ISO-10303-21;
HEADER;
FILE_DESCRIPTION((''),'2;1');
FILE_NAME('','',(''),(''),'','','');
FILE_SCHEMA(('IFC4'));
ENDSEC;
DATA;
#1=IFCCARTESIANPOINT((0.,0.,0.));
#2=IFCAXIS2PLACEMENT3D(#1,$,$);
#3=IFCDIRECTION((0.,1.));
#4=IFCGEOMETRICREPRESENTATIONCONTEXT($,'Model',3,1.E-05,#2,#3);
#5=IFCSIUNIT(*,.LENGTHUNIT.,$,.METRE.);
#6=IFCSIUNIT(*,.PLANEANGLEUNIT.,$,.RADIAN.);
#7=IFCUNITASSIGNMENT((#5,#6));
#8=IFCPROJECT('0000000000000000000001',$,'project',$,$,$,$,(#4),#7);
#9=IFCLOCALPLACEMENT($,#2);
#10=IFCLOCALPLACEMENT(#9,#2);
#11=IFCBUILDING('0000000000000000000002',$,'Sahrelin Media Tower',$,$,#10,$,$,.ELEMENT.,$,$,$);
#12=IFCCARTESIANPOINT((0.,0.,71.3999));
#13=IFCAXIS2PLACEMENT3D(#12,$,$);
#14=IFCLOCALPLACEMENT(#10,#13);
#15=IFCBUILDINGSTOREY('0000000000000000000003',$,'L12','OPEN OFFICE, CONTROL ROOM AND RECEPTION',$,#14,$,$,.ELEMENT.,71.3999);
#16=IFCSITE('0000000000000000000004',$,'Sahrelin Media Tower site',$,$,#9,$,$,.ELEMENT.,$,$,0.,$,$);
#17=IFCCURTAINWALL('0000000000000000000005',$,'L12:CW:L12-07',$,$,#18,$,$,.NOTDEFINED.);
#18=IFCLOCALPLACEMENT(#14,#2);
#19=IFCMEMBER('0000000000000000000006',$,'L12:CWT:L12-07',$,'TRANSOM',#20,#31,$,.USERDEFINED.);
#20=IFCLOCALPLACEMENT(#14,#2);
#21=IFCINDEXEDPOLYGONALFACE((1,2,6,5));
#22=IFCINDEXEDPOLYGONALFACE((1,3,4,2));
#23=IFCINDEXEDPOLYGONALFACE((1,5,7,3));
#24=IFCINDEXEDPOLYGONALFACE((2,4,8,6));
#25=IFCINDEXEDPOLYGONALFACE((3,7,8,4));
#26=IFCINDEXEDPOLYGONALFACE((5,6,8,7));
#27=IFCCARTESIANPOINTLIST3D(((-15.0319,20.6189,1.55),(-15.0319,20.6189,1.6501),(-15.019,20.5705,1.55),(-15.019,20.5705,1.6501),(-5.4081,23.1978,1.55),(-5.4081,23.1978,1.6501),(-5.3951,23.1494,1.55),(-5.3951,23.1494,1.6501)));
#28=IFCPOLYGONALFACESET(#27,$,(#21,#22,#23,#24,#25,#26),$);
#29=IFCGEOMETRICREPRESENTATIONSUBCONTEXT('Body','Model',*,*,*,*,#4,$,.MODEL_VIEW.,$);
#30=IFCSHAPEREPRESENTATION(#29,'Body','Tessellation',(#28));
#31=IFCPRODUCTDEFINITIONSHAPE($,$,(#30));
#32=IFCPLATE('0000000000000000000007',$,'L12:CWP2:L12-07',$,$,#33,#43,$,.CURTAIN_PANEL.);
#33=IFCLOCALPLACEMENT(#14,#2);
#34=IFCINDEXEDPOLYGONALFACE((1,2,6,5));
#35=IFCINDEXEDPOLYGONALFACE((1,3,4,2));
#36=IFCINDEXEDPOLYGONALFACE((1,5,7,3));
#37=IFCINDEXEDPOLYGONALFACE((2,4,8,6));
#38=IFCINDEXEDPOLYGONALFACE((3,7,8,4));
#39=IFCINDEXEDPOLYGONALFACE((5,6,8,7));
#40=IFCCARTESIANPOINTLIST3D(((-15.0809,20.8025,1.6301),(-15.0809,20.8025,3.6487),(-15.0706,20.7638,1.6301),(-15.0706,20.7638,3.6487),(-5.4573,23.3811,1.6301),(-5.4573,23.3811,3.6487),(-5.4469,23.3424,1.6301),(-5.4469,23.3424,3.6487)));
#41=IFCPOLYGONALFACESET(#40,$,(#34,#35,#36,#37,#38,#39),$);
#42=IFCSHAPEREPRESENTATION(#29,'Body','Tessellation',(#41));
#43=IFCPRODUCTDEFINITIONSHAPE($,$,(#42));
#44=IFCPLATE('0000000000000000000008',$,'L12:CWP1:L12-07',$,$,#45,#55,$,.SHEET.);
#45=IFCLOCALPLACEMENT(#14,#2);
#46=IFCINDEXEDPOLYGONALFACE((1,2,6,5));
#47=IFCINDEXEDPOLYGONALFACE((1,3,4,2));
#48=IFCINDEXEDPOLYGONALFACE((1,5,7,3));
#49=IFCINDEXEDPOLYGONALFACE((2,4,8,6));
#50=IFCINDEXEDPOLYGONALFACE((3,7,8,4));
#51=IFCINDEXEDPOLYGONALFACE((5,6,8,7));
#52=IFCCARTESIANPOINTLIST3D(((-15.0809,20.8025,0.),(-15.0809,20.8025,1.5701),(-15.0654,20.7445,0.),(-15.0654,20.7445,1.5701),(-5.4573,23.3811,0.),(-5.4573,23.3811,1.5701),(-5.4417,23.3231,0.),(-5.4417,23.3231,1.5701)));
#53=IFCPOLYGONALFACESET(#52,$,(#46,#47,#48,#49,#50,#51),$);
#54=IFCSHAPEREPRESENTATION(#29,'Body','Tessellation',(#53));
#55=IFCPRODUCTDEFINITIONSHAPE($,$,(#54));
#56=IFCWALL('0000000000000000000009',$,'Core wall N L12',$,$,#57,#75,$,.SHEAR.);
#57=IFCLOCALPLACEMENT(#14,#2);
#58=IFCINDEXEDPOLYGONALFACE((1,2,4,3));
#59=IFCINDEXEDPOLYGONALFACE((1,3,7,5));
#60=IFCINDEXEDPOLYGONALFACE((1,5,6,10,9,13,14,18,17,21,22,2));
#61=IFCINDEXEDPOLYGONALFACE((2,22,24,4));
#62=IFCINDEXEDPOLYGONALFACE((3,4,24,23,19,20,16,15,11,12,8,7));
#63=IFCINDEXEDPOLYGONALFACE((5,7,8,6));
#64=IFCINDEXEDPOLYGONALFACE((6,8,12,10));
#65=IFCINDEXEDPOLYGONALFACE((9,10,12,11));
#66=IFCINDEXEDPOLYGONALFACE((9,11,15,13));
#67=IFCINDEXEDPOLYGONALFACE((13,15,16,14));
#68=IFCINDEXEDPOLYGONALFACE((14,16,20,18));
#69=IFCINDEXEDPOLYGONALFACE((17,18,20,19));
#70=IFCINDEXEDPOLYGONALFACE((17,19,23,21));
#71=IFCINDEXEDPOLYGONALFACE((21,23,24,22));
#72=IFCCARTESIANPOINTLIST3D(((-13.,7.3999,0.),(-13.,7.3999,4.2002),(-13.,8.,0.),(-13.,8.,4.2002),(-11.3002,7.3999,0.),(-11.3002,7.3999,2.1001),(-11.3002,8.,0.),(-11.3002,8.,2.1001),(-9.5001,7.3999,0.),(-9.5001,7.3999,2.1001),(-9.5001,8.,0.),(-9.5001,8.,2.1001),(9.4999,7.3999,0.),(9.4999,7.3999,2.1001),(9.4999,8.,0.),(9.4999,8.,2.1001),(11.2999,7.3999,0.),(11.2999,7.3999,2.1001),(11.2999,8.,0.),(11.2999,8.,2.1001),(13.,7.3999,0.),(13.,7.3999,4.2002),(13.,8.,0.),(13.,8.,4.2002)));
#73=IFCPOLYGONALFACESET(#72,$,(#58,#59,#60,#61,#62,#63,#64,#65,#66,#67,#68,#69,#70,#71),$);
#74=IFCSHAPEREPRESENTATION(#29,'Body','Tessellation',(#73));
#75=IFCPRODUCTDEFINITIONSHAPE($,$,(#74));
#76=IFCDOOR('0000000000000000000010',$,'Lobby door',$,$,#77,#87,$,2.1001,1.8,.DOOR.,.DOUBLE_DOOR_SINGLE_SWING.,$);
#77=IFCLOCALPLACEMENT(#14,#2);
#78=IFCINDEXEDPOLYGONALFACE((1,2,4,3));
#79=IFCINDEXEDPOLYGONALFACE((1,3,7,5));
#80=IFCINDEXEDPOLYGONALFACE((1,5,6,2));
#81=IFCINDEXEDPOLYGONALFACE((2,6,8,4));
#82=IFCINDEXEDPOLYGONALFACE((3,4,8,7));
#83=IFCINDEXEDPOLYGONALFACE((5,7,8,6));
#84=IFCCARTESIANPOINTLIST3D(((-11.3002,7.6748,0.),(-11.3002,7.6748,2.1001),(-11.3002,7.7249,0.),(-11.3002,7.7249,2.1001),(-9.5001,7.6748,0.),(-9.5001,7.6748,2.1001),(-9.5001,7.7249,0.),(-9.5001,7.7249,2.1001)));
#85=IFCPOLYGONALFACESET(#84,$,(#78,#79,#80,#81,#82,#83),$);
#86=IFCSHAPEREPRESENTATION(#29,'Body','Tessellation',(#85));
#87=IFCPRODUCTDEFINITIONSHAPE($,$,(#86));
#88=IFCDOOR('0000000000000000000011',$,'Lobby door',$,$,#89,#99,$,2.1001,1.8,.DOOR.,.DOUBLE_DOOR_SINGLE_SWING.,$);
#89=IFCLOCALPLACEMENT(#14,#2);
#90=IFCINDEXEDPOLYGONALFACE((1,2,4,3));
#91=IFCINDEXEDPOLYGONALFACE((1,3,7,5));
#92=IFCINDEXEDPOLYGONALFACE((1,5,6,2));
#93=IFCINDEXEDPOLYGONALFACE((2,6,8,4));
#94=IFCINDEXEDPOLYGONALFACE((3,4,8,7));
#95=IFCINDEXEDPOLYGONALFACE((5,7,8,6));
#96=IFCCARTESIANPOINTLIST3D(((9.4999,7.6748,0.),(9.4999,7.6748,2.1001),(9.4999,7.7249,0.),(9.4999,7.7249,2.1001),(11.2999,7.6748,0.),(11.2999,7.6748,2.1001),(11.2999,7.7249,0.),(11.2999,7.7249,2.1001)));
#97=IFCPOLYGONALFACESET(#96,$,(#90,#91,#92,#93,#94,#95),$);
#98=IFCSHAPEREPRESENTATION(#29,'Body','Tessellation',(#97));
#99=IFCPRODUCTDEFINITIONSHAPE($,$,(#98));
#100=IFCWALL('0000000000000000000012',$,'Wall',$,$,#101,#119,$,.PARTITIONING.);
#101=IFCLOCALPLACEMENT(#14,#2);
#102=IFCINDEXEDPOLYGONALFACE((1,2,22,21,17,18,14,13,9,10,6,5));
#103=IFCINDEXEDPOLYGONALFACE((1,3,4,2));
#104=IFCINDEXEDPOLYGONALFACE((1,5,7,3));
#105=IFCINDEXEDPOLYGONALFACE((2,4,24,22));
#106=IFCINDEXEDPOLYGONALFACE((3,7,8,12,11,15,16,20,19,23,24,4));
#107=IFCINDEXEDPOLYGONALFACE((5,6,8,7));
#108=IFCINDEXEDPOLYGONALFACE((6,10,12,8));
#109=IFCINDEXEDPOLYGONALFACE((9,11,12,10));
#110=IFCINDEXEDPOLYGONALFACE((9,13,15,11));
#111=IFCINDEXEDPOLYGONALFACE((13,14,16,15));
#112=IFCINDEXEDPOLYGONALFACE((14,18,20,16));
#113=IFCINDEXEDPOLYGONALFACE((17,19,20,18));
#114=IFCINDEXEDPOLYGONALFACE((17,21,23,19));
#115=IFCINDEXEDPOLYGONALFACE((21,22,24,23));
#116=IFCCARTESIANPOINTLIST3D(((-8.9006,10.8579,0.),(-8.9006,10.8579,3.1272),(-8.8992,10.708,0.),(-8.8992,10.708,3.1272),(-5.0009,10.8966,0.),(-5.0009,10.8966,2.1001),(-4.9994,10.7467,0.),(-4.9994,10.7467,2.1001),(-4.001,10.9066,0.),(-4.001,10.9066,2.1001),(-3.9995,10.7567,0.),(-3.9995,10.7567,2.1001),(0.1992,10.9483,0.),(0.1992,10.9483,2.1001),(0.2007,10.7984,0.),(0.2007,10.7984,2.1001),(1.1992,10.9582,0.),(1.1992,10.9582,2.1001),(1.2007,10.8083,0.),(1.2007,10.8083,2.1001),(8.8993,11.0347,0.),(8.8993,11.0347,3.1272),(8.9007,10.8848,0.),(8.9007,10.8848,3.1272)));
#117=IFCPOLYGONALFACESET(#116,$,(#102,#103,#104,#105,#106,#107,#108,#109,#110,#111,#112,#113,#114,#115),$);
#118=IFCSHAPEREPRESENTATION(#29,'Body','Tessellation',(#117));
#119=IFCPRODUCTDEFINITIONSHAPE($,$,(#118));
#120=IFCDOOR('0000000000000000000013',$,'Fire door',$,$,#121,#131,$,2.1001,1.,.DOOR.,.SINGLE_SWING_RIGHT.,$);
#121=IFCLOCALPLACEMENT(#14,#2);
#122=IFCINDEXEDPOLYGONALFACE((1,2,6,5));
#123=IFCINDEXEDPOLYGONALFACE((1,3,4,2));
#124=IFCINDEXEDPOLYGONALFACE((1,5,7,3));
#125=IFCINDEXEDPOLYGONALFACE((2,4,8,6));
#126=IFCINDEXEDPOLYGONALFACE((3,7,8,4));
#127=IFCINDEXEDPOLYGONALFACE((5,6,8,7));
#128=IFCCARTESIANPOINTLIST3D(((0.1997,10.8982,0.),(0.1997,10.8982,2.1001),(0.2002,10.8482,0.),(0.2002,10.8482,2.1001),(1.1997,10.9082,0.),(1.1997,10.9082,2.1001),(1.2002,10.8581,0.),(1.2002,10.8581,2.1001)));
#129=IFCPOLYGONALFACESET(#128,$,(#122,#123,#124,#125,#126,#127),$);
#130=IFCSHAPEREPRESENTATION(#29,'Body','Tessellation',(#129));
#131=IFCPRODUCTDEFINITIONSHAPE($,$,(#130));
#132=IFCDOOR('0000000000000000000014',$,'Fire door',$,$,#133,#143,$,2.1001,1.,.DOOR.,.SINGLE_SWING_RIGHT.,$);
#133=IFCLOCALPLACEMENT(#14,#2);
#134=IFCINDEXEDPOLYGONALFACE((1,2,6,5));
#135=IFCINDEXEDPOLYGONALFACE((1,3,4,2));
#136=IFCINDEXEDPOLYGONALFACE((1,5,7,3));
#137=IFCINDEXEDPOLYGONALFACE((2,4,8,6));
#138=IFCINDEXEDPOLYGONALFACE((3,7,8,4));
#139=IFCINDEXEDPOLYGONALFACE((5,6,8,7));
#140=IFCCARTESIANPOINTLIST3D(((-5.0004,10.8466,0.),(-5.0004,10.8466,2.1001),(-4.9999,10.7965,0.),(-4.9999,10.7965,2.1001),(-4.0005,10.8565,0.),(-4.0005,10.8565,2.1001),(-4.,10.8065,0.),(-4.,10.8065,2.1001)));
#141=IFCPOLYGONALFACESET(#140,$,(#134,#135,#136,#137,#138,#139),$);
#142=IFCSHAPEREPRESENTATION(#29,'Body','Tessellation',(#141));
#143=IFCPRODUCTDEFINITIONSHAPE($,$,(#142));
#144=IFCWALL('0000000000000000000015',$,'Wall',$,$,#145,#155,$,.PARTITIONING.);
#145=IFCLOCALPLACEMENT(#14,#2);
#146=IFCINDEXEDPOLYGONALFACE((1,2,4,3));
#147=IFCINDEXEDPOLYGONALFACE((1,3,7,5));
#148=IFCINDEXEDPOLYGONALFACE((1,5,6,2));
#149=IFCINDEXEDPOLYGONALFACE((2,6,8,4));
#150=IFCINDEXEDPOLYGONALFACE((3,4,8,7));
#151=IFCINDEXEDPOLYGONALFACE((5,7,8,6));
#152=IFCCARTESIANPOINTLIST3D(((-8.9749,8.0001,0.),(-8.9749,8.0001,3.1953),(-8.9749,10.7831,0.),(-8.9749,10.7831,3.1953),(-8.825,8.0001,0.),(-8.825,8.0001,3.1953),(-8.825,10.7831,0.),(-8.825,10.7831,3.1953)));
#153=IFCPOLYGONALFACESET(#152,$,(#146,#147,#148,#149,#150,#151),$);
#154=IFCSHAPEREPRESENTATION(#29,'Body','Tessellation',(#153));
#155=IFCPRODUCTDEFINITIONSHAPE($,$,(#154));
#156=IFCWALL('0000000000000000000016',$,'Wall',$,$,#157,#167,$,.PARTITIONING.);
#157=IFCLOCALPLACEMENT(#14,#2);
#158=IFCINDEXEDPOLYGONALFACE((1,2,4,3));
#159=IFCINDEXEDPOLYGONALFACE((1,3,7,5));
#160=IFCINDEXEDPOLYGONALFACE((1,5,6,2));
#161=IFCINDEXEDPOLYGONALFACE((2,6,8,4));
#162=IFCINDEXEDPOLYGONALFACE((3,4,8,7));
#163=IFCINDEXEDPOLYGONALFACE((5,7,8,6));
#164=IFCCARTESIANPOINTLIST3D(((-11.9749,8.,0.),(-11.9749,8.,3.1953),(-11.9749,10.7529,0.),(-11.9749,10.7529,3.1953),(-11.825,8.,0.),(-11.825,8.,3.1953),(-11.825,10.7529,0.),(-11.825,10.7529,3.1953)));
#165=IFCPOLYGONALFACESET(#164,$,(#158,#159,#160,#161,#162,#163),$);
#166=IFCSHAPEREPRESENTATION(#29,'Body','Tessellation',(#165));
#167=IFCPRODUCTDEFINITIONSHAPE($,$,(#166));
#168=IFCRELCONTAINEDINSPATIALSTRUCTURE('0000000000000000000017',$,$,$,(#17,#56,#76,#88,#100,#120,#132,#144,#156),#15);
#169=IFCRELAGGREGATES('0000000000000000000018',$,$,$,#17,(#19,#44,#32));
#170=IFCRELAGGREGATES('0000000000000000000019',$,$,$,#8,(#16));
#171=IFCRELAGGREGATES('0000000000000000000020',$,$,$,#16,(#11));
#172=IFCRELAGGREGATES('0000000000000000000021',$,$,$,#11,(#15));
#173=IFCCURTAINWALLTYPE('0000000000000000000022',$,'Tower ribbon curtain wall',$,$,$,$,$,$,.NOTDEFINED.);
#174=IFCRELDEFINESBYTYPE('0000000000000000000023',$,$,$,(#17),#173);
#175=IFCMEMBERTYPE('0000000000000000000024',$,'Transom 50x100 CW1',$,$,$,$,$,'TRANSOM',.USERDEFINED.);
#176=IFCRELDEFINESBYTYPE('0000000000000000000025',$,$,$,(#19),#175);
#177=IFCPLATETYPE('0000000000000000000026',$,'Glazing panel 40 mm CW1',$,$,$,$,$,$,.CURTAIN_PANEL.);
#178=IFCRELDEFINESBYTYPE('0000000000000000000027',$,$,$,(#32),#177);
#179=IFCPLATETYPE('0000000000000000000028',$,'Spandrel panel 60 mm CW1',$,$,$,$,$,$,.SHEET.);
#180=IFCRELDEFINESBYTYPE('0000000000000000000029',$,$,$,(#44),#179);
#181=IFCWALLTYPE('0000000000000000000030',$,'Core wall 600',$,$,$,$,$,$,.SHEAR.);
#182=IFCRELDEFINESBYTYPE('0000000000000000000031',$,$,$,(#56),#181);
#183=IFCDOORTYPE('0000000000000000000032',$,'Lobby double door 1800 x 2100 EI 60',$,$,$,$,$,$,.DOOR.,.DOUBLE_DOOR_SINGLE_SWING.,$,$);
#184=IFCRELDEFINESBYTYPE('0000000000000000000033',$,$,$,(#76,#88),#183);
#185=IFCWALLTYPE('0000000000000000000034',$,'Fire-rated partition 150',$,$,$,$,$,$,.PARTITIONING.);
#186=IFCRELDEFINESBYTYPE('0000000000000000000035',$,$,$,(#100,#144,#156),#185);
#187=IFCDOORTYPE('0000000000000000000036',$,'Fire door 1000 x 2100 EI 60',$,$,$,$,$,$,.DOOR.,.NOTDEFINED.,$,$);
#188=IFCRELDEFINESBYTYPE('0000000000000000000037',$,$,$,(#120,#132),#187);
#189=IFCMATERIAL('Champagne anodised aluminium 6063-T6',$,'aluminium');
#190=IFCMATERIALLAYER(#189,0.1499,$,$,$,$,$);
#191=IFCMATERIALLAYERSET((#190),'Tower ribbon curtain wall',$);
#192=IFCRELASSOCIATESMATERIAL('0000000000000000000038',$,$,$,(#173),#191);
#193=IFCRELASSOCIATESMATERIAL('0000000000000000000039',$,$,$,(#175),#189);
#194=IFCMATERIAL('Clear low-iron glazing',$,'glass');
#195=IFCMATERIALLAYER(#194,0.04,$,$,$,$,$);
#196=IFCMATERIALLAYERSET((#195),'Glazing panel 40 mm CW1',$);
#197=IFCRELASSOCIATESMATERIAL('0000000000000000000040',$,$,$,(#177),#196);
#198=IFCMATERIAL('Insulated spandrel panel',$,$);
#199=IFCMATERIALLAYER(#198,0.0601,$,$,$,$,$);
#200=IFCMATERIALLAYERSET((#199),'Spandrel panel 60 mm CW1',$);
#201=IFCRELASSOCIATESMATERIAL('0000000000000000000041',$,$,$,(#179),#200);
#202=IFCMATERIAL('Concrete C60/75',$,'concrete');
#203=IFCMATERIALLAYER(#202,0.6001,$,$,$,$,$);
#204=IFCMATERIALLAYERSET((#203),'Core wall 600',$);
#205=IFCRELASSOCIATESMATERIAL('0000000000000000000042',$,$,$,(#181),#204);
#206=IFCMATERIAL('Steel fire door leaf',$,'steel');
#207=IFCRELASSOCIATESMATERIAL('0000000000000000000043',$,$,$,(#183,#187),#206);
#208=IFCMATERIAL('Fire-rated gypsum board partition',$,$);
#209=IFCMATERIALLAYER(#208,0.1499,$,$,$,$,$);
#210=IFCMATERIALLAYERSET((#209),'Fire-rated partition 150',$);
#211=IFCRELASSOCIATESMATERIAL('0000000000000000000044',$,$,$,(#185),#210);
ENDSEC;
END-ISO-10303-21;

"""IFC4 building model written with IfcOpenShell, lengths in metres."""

from ifc_helpers import new_model, si_unit, direction, frame, frame_2d, origin, origin_2d, place, context, subcontext, project, spatial, polyline, rectangle, outline, extrude, material, layer, layer_set, material_profile, profile_set, type_object, element, fill, aggregate, save


model = new_model("IFC4")

# Units and contexts
model_context = context("Model", 3, precision=1e-05, world=origin(), true_north=direction((0.0, 1.0)))
body_context = subcontext(model_context, "Body", "Model", "MODEL_VIEW")
ifc_project = project(units=[si_unit("LENGTHUNIT", "METRE"), si_unit("PLANEANGLEUNIT", "RADIAN")], contexts=[model_context])

# Site, building, storey
site_placement = place(None, origin())
site = spatial("IfcSite", under=ifc_project, at=site_placement, Name="Sahrelin Media Tower site", CompositionType="ELEMENT", RefElevation=0.0)
building_placement = place(site_placement, origin())
building = spatial("IfcBuilding", under=site, at=building_placement, Name="Sahrelin Media Tower", CompositionType="ELEMENT")
storey_placement = place(building_placement, frame((0.0, 0.0, 71.3999)))
storey = spatial("IfcBuildingStorey", under=building, at=storey_placement, Name="L12", Description="OPEN OFFICE, CONTROL ROOM AND RECEPTION", CompositionType="ELEMENT", Elevation=71.3999)

# Curtain wall
ifc_material_1 = material(Name="Champagne anodised aluminium 6063-T6", Category="aluminium")
ifc_layer_1 = layer(ifc_material_1, 0.1499)
ifc_layer_set_1 = layer_set([ifc_layer_1], Name="Tower ribbon curtain wall")
curtain_wall_type = type_object("IfcCurtainWallType", Name="Tower ribbon curtain wall", PredefinedType="NOTDEFINED", material=ifc_layer_set_1)
curtain_wall_placement = place(storey_placement, frame((-10.2639, 22.0725, 0.0), z_axis=(0.0, 0.0, 1.0), x_axis=(1.0, 0.0, 0.0)))
curtain_wall = element("IfcCurtainWall", 1, at=curtain_wall_placement, inside=storey, type_object=curtain_wall_type, Name="L12:CW:L12-07", PredefinedType="NOTDEFINED")

# Member
ifc_material_profile_1 = material_profile(ifc_material_1, rectangle(XDim=0.05, YDim=0.1001, at=origin_2d()), Name="Transom 50x100")
ifc_profile_set_1 = profile_set([ifc_material_profile_1], Name="Champagne anodised aluminium 6063-T6")
member_type_1 = type_object("IfcMemberType", Name="Transom 50x100 CW1", ElementType="TRANSOM", PredefinedType="USERDEFINED", material=ifc_profile_set_1)
member_1_placement = place(storey_placement, frame((-5.4016, 23.1736, 1.6001), z_axis=(-0.965921, -0.258835, 0.0), x_axis=(0.258835, -0.965921, 0.0)))
member_1 = element("IfcMember", 2, at=member_1_placement, type_object=member_type_1, Name="L12:CWT:L12-07", ObjectType="TRANSOM", PredefinedType="USERDEFINED", context=body_context, shape_type="SweptSolid", body=[
    extrude(rectangle(XDim=0.05, YDim=0.1001, at=origin_2d()), origin(), (0.0, 0.0, 1.0), 9.9634),
])

# Plates
ifc_material_2 = material(Name="Clear low-iron glazing", Category="glass")
ifc_layer_2 = layer(ifc_material_2, 0.04)
ifc_layer_set_2 = layer_set([ifc_layer_2], Name="Glazing panel 40 mm CW1")
plate_type_1 = type_object("IfcPlateType", Name="Glazing panel 40 mm CW1", PredefinedType="CURTAIN_PANEL", material=ifc_layer_set_2)
plate_1_placement = place(storey_placement, frame((-5.4573, 23.3811, 1.6301), z_axis=(-0.258812, 0.965928, 0.0), x_axis=(-0.965928, -0.258812, 0.0)))
plate_1 = element("IfcPlate", 3, at=plate_1_placement, type_object=plate_type_1, Name="L12:CWP2:L12-07", PredefinedType="CURTAIN_PANEL", context=body_context, shape_type="SweptSolid", body=[
    extrude(outline(polyline([(0.0, 0.0), (9.9631, 0.0), (9.9631, 2.0186), (0.0, 2.0186), (0.0, 0.0)])), origin(), (0.0, 0.0, -1.0), 0.04),
])
ifc_material_3 = material(Name="Insulated spandrel panel")
ifc_layer_3 = layer(ifc_material_3, 0.0601)
ifc_layer_set_3 = layer_set([ifc_layer_3], Name="Spandrel panel 60 mm CW1")
plate_type_2 = type_object("IfcPlateType", Name="Spandrel panel 60 mm CW1", PredefinedType="SHEET", material=ifc_layer_set_3)
plate_2_placement = place(storey_placement, frame((-5.4573, 23.3811, 0.0), z_axis=(-0.258812, 0.965928, 0.0), x_axis=(-0.965928, -0.258812, 0.0)))
plate_2 = element("IfcPlate", 4, at=plate_2_placement, type_object=plate_type_2, Name="L12:CWP1:L12-07", PredefinedType="SHEET", context=body_context, shape_type="SweptSolid", body=[
    extrude(outline(polyline([(0.0, 0.0), (9.9631, 0.0), (9.9631, 1.5701), (0.0, 1.5701), (0.0, 0.0)])), origin(), (0.0, 0.0, -1.0), 0.0601),
])
aggregate(curtain_wall, [member_1, plate_2, plate_1])

# Walls, openings, doors
ifc_material_4 = material(Name="Concrete C60/75", Category="concrete")
ifc_layer_4 = layer(ifc_material_4, 0.6001)
ifc_layer_set_4 = layer_set([ifc_layer_4], Name="Core wall 600")
wall_type_1 = type_object("IfcWallType", Name="Core wall 600", PredefinedType="SHEAR", material=ifc_layer_set_4)
wall_1_placement = place(storey_placement, frame((-13.0, 7.7, 0.0), z_axis=(0.0, 0.0, 1.0), x_axis=(1.0, 0.0, 0.0)))
wall_1 = element("IfcWall", 5, at=wall_1_placement, inside=storey, type_object=wall_type_1, Name="Core wall N L12", PredefinedType="SHEAR", context=body_context, shape_type="SweptSolid", body=[
    extrude(rectangle(XDim=26.0, YDim=0.6001, at=frame_2d((13.0, 0.0))), origin(), (0.0, 0.0, 1.0), 4.2002),
])
opening_1_placement = place(wall_1_placement, frame((1.7, 0.0, 0.0)))
opening_1 = element("IfcOpeningElement", 6, at=opening_1_placement, cuts=wall_1, PredefinedType="OPENING", context=body_context, shape_type="SweptSolid", body=[
    extrude(rectangle(XDim=1.8, YDim=2.1001, at=frame_2d((0.8999, 1.05))), frame((0.0, 0.3, 0.0), z_axis=(0.0, -1.0, 0.0), x_axis=(1.0, 0.0, 0.0)), (0.0, 0.0, 1.0), 0.6001),
])
opening_2_placement = place(wall_1_placement, frame((22.5, 0.0, 0.0)))
opening_2 = element("IfcOpeningElement", 7, at=opening_2_placement, cuts=wall_1, PredefinedType="OPENING", context=body_context, shape_type="SweptSolid", body=[
    extrude(rectangle(XDim=1.8, YDim=2.1001, at=frame_2d((0.8999, 1.05))), frame((0.0, 0.3, 0.0), z_axis=(0.0, -1.0, 0.0), x_axis=(1.0, 0.0, 0.0)), (0.0, 0.0, 1.0), 0.6001),
])
ifc_material_5 = material(Name="Steel fire door leaf", Category="steel")
door_type_1 = type_object("IfcDoorType", Name="Lobby double door 1800 x 2100 EI 60", OperationType="DOUBLE_DOOR_SINGLE_SWING", PredefinedType="DOOR", material=ifc_material_5)
door_1_placement = place(opening_1_placement, origin())
door_1 = element("IfcDoor", 8, at=door_1_placement, inside=storey, type_object=door_type_1, Name="Lobby door", OperationType="DOUBLE_DOOR_SINGLE_SWING", OverallHeight=2.1001, OverallWidth=1.8, PredefinedType="DOOR", context=body_context, shape_type="SweptSolid", body=[
    extrude(rectangle(XDim=1.8, YDim=2.1001, at=frame_2d((0.8999, 1.05))), frame((0.0, 0.0249, 0.0), z_axis=(0.0, -1.0, 0.0), x_axis=(1.0, 0.0, 0.0)), (0.0, 0.0, 1.0), 0.05),
])
fill(opening_1, door_1)
door_2_placement = place(opening_2_placement, origin())
door_2 = element("IfcDoor", 9, at=door_2_placement, inside=storey, type_object=door_type_1, Name="Lobby door", OperationType="DOUBLE_DOOR_SINGLE_SWING", OverallHeight=2.1001, OverallWidth=1.8, PredefinedType="DOOR", context=body_context, shape_type="SweptSolid", body=[
    extrude(rectangle(XDim=1.8, YDim=2.1001, at=frame_2d((0.8999, 1.05))), frame((0.0, 0.0249, 0.0), z_axis=(0.0, -1.0, 0.0), x_axis=(1.0, 0.0, 0.0)), (0.0, 0.0, 1.0), 0.05),
])
fill(opening_2, door_2)
ifc_material_6 = material(Name="Fire-rated gypsum board partition")
ifc_layer_5 = layer(ifc_material_6, 0.1499)
ifc_layer_set_5 = layer_set([ifc_layer_5], Name="Fire-rated partition 150")
wall_type_2 = type_object("IfcWallType", Name="Fire-rated partition 150", PredefinedType="PARTITIONING", material=ifc_layer_set_5)
wall_2_placement = place(storey_placement, frame((-8.8999, 10.783, 0.0), z_axis=(0.0, 0.0, 1.0), x_axis=(0.999951, 0.00993, 0.0)))
wall_2 = element("IfcWall", 10, at=wall_2_placement, inside=storey, type_object=wall_type_2, Name="Wall", PredefinedType="PARTITIONING", context=body_context, shape_type="SweptSolid", body=[
    extrude(rectangle(XDim=17.8008, YDim=0.1499, at=frame_2d((8.9004, 0.0))), origin(), (0.0, 0.0, 1.0), 3.1272),
])
opening_3_placement = place(wall_2_placement, frame((9.1003, 0.0, 0.0)))
opening_3 = element("IfcOpeningElement", 11, at=opening_3_placement, cuts=wall_2, PredefinedType="OPENING", context=body_context, shape_type="SweptSolid", body=[
    extrude(rectangle(XDim=1.0, YDim=2.1001, at=frame_2d((0.5, 1.05))), frame((0.0, 0.075, 0.0), z_axis=(0.0, -1.0, 0.0), x_axis=(1.0, 0.0, 0.0)), (0.0, 0.0, 1.0), 0.1499),
])
opening_4_placement = place(wall_2_placement, frame((3.8999, 0.0, 0.0)))
opening_4 = element("IfcOpeningElement", 12, at=opening_4_placement, cuts=wall_2, PredefinedType="OPENING", context=body_context, shape_type="SweptSolid", body=[
    extrude(rectangle(XDim=1.0, YDim=2.1001, at=frame_2d((0.5, 1.05))), frame((0.0, 0.075, 0.0), z_axis=(0.0, -1.0, 0.0), x_axis=(1.0, 0.0, 0.0)), (0.0, 0.0, 1.0), 0.1499),
])
door_type_2 = type_object("IfcDoorType", Name="Fire door 1000 x 2100 EI 60", OperationType="NOTDEFINED", PredefinedType="DOOR", material=ifc_material_5)
door_3_placement = place(opening_3_placement, origin())
door_3 = element("IfcDoor", 13, at=door_3_placement, inside=storey, type_object=door_type_2, Name="Fire door", OperationType="SINGLE_SWING_RIGHT", OverallHeight=2.1001, OverallWidth=1.0, PredefinedType="DOOR", context=body_context, shape_type="SweptSolid", body=[
    extrude(rectangle(XDim=1.0, YDim=2.1001, at=frame_2d((0.5, 1.05))), frame((0.0, 0.0249, 0.0), z_axis=(0.0, -1.0, 0.0), x_axis=(1.0, 0.0, 0.0)), (0.0, 0.0, 1.0), 0.05),
])
fill(opening_3, door_3)
door_4_placement = place(opening_4_placement, origin())
door_4 = element("IfcDoor", 14, at=door_4_placement, inside=storey, type_object=door_type_2, Name="Fire door", OperationType="SINGLE_SWING_RIGHT", OverallHeight=2.1001, OverallWidth=1.0, PredefinedType="DOOR", context=body_context, shape_type="SweptSolid", body=[
    extrude(rectangle(XDim=1.0, YDim=2.1001, at=frame_2d((0.5, 1.05))), frame((0.0, 0.0249, 0.0), z_axis=(0.0, -1.0, 0.0), x_axis=(1.0, 0.0, 0.0)), (0.0, 0.0, 1.0), 0.05),
])
fill(opening_4, door_4)

# Walls
wall_3_placement = place(storey_placement, frame((-8.8999, 8.0, 0.0), z_axis=(0.0, 0.0, 1.0), x_axis=(0.0, 1.0, 0.0)))
element("IfcWall", 15, at=wall_3_placement, inside=storey, type_object=wall_type_2, Name="Wall", PredefinedType="PARTITIONING", context=body_context, shape_type="SweptSolid", body=[
    extrude(rectangle(XDim=2.783, YDim=0.1499, at=frame_2d((1.3916, 0.0))), origin(), (0.0, 0.0, 1.0), 3.1953),
])
wall_4_placement = place(storey_placement, frame((-11.8999, 8.0, 0.0), z_axis=(0.0, 0.0, 1.0), x_axis=(0.0, 1.0, 0.0)))
element("IfcWall", 16, at=wall_4_placement, inside=storey, type_object=wall_type_2, Name="Wall", PredefinedType="PARTITIONING", context=body_context, shape_type="SweptSolid", body=[
    extrude(rectangle(XDim=2.7529, YDim=0.1499, at=frame_2d((1.3765, 0.0))), origin(), (0.0, 0.0, 1.0), 3.1953),
])

save(model, "model.ifc")
